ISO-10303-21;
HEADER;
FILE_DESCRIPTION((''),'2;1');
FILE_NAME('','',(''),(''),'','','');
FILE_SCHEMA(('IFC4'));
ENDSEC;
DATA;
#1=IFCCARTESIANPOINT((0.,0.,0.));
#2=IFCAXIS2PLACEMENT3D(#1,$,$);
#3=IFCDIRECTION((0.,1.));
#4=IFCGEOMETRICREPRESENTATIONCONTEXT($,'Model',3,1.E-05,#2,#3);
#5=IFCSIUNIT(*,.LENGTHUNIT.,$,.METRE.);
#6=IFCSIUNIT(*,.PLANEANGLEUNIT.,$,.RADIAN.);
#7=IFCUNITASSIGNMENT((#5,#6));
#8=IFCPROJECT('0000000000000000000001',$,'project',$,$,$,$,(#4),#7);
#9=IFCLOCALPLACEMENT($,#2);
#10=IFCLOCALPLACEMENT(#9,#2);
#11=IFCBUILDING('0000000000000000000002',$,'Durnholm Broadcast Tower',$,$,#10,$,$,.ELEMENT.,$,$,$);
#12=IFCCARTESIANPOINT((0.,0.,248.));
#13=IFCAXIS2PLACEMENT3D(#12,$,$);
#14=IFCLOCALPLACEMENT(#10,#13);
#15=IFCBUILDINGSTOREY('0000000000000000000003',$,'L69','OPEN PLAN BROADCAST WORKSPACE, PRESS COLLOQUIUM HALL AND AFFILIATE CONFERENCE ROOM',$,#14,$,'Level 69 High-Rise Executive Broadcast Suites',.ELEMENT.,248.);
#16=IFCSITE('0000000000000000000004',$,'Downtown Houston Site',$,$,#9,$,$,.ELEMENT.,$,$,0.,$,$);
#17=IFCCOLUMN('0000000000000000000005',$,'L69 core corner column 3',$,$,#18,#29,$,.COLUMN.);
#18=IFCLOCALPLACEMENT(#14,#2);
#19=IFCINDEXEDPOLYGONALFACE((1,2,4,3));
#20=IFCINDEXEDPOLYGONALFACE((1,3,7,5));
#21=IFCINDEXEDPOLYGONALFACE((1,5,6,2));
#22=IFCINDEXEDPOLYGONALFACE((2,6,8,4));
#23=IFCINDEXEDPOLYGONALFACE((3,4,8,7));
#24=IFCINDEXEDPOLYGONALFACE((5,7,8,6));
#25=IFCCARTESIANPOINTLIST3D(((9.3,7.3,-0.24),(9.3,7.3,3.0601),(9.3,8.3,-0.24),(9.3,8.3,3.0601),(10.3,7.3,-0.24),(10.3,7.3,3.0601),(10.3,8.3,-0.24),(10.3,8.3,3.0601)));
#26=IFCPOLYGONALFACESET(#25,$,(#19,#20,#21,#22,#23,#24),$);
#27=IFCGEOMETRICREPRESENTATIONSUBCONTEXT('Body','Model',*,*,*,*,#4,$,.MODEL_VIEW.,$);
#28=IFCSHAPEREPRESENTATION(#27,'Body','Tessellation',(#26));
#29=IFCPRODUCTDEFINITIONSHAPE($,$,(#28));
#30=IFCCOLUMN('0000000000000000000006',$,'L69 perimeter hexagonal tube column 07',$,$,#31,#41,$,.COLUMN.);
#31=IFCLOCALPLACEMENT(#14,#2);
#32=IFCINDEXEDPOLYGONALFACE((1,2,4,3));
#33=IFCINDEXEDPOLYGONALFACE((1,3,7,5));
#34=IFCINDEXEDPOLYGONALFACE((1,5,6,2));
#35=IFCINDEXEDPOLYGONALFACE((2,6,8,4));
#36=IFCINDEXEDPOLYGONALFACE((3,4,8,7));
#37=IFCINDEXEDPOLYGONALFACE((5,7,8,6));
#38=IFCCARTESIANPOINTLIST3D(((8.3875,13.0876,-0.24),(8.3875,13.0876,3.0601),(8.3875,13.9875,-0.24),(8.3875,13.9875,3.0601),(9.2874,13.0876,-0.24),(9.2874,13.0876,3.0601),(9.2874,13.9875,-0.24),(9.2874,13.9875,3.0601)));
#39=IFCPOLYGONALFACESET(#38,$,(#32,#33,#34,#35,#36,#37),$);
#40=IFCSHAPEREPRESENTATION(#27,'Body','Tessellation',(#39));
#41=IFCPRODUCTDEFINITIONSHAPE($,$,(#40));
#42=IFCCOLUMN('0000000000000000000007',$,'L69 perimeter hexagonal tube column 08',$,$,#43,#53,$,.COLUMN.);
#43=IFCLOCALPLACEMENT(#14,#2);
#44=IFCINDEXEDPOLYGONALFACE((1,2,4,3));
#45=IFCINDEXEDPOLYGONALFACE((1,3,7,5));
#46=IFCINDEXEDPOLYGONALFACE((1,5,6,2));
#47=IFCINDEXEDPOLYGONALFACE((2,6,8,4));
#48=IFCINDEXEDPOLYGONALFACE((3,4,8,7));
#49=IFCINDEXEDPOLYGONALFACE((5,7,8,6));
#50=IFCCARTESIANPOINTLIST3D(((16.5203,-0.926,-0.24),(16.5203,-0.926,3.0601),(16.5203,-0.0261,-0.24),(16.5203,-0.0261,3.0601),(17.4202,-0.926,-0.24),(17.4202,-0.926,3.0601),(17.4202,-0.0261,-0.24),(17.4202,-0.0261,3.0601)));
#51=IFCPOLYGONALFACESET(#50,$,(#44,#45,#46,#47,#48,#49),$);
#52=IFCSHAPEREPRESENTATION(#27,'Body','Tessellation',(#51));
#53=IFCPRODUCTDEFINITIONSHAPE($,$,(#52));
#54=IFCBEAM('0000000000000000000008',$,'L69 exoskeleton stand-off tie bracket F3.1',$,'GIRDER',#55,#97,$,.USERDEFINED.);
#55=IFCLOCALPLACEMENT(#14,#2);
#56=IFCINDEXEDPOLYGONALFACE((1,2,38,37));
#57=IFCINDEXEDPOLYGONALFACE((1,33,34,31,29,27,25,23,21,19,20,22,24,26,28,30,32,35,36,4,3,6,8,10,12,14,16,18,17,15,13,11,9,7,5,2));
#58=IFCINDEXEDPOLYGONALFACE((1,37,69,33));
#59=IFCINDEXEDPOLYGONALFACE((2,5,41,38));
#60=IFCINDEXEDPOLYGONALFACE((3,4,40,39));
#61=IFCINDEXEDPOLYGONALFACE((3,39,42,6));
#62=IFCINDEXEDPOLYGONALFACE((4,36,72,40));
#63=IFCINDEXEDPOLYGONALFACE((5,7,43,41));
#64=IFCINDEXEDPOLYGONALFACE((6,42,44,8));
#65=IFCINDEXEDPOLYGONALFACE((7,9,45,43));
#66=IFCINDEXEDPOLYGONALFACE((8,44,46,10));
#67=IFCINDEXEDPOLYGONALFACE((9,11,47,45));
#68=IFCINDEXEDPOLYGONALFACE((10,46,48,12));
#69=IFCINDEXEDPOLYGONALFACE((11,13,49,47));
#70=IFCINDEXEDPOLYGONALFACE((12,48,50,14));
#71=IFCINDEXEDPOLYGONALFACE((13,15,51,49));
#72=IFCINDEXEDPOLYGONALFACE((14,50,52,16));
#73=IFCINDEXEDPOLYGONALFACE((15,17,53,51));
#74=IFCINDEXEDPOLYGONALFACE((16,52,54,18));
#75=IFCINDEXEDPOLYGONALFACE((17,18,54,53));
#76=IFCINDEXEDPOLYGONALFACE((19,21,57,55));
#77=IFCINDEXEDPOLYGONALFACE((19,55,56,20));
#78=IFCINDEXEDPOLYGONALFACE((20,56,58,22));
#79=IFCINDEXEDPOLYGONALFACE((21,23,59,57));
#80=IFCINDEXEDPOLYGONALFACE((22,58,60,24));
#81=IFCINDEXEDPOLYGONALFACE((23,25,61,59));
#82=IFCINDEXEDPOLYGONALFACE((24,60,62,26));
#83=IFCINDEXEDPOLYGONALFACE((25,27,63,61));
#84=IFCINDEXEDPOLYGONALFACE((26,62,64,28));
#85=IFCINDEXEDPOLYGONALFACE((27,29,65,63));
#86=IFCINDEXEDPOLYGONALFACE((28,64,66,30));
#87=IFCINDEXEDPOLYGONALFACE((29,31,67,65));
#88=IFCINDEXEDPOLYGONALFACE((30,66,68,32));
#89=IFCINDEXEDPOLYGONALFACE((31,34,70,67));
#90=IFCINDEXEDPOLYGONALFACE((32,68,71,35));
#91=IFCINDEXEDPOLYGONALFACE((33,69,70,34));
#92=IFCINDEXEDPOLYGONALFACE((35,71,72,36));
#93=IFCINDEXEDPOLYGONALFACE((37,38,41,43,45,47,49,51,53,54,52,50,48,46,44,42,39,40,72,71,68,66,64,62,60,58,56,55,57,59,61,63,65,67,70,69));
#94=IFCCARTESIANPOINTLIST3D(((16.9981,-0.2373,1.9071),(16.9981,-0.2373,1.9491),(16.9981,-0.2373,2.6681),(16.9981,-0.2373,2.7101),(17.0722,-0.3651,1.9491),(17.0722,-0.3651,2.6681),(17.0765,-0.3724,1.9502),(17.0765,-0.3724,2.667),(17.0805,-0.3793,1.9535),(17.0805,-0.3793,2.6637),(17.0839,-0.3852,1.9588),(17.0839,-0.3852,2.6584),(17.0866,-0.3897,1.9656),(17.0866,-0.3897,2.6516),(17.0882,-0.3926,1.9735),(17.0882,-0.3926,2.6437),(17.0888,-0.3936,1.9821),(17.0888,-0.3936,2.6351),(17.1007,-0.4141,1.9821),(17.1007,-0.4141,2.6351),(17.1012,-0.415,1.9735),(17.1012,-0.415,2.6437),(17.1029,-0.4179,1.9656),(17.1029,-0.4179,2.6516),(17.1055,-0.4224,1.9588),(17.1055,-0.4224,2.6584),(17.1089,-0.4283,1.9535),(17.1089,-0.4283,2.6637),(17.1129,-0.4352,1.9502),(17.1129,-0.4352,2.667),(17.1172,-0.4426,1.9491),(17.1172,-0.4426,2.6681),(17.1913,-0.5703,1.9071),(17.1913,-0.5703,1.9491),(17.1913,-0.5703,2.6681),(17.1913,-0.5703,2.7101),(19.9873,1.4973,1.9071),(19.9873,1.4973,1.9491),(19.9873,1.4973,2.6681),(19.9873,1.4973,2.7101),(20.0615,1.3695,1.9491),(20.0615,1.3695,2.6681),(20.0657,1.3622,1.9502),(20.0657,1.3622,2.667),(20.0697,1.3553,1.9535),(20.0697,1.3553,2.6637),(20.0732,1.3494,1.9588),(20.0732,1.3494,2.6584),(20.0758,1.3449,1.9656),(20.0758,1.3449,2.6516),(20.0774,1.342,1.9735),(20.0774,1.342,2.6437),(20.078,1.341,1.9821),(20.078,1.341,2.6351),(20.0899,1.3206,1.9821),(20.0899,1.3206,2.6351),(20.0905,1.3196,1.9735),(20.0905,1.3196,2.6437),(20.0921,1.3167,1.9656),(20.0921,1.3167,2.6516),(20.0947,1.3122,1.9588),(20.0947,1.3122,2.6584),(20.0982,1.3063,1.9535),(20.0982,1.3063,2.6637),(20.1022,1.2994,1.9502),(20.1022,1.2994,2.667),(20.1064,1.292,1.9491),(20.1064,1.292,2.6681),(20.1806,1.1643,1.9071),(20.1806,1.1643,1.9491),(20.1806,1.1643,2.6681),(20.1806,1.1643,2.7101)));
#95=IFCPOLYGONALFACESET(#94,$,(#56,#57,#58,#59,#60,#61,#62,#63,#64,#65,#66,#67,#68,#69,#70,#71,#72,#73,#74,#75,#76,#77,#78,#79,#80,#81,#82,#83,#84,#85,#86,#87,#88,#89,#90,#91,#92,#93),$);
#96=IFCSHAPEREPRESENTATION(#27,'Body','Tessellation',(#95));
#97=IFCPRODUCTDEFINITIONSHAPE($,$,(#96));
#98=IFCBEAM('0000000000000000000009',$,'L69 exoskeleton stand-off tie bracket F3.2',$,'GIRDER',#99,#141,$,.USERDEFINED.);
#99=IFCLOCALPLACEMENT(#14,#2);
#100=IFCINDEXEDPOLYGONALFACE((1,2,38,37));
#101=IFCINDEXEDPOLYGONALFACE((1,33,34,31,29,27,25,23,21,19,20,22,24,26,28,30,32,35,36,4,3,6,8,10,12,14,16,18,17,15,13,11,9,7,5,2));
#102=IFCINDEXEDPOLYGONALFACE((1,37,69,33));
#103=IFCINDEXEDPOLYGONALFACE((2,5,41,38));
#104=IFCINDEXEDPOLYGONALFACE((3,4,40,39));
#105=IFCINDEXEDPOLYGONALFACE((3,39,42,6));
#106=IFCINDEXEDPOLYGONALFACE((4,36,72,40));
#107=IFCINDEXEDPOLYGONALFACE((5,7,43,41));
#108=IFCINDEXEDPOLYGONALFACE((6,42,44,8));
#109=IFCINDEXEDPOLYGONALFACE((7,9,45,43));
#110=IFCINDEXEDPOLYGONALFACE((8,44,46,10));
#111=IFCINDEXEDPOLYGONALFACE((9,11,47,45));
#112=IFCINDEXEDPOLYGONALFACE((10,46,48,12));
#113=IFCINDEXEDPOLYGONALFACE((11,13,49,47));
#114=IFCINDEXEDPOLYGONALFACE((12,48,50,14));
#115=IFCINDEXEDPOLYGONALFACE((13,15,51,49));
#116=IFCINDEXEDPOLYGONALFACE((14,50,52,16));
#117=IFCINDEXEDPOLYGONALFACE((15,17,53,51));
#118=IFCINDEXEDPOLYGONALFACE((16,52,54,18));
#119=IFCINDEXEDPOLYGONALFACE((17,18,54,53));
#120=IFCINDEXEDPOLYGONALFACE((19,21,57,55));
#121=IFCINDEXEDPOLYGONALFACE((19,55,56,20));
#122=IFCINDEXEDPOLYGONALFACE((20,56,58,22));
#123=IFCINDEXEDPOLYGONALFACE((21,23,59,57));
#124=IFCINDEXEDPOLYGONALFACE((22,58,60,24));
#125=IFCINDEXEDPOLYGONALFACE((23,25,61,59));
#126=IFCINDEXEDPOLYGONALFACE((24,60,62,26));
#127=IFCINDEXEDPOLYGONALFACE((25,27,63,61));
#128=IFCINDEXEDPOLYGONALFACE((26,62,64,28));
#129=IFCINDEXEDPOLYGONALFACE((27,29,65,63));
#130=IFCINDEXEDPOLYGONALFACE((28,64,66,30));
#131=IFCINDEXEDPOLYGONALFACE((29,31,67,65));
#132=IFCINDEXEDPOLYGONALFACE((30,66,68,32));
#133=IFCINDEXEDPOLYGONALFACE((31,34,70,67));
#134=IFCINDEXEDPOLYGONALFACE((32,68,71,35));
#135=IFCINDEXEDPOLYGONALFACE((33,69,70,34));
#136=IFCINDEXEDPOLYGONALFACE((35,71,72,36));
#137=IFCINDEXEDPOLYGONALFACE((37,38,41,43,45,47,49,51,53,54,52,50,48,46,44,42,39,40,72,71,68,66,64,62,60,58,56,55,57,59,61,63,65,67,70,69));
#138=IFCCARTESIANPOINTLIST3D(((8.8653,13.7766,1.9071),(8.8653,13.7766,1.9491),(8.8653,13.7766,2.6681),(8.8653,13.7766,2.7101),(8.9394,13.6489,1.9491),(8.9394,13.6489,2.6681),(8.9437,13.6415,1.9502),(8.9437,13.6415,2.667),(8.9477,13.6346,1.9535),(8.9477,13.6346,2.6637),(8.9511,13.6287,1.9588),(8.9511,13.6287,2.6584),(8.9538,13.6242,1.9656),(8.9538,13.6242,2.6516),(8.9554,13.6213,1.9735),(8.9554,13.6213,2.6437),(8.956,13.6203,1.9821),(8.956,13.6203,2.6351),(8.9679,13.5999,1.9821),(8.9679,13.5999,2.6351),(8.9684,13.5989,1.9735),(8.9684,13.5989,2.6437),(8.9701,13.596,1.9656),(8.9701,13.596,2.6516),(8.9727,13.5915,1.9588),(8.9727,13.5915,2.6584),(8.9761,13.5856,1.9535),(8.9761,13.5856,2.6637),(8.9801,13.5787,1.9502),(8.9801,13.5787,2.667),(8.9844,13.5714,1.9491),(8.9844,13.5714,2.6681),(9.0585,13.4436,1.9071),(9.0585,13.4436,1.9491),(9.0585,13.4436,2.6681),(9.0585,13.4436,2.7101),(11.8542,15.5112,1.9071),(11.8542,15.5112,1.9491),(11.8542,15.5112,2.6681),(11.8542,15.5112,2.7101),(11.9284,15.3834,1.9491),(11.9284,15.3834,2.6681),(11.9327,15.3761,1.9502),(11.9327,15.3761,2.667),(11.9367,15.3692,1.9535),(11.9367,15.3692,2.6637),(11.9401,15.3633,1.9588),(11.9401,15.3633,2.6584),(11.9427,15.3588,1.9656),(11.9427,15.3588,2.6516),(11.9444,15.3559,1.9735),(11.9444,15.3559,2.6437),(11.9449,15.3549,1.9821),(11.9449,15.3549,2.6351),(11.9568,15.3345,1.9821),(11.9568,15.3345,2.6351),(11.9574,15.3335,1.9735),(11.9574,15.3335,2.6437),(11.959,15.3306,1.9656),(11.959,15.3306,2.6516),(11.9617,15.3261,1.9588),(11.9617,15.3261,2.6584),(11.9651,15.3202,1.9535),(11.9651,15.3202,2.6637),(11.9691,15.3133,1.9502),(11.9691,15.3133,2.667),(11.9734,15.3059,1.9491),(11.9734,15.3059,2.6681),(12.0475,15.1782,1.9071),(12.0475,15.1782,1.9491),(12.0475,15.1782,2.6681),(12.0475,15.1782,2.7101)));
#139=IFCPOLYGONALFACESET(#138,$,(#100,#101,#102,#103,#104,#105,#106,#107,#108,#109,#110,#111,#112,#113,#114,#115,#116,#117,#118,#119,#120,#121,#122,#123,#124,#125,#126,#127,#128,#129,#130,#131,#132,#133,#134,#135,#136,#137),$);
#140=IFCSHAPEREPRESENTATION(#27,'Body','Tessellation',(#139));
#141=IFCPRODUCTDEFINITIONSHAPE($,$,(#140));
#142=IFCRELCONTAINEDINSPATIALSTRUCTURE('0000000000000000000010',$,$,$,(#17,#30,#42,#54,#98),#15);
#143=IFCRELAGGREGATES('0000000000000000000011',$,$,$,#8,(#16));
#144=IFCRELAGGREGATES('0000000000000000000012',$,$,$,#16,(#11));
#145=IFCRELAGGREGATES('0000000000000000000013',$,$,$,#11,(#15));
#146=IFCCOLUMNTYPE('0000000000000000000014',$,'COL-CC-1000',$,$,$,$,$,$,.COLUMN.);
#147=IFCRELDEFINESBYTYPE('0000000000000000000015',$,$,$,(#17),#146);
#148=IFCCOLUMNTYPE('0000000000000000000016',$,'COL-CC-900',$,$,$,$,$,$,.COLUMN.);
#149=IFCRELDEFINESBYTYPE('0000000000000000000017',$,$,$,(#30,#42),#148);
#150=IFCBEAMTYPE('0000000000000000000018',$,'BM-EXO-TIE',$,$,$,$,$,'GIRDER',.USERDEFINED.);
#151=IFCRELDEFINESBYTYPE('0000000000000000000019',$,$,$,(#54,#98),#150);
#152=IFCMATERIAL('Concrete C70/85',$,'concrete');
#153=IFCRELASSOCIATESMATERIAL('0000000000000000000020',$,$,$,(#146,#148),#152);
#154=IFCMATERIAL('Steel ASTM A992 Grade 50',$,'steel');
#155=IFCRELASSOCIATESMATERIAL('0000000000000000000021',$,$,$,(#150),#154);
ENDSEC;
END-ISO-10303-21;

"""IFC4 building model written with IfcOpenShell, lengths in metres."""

from ifc_helpers import new_model, si_unit, direction, frame, origin, origin_2d, place, context, subcontext, project, spatial, rectangle, i_section, extrude, source, transform, mapped, material, material_profile, profile_set, type_object, type_shapes, element, save


model = new_model("IFC4")

# Units and contexts
model_context = context("Model", 3, precision=1e-05, world=origin(), true_north=direction((0.0, 1.0)))
body_context = subcontext(model_context, "Body", "Model", "MODEL_VIEW")
ifc_project = project(units=[si_unit("LENGTHUNIT", "METRE"), si_unit("PLANEANGLEUNIT", "RADIAN")], contexts=[model_context])

# Site, building, storey
site_placement = place(None, origin())
site = spatial("IfcSite", under=ifc_project, at=site_placement, Name="Downtown Houston Site", CompositionType="ELEMENT", RefElevation=0.0)
building_placement = place(site_placement, origin())
building = spatial("IfcBuilding", under=site, at=building_placement, Name="Durnholm Broadcast Tower", CompositionType="ELEMENT")
storey_placement = place(building_placement, frame((0.0, 0.0, 248.0)))
storey = spatial("IfcBuildingStorey", under=building, at=storey_placement, Name="L69", Description="OPEN PLAN BROADCAST WORKSPACE, PRESS COLLOQUIUM HALL AND AFFILIATE CONFERENCE ROOM", LongName="Level 69 High-Rise Executive Broadcast Suites", CompositionType="ELEMENT", Elevation=248.0)

# Columns
ifc_material_1 = material(Name="Concrete C70/85", Category="concrete")
ifc_material_profile_1 = material_profile(ifc_material_1, rectangle(XDim=1.0, YDim=1.0, at=origin_2d()), Name="RC1000X1000")
ifc_profile_set_1 = profile_set([ifc_material_profile_1], Name="Concrete C70/85")
column_type_1 = type_object("IfcColumnType", Name="COL-CC-1000", PredefinedType="COLUMN", material=ifc_profile_set_1)
shared_shape_1 = source(origin(), body_context, "Body", "SweptSolid", [
    extrude(rectangle(XDim=1.0, YDim=1.0, at=origin_2d()), origin(), (0.0, 0.0, 1.0), 3.3),
])
type_shapes(column_type_1, [shared_shape_1])
column_placement = place(storey_placement, frame((9.8, 7.8, -0.24), z_axis=(0.0, 0.0, 1.0), x_axis=(1.0, 0.0, 0.0)))
element("IfcColumn", 1, at=column_placement, inside=storey, type_object=column_type_1, Name="L69 core corner column 3", PredefinedType="COLUMN", context=body_context, shape_type="MappedRepresentation", body=[
    mapped(shared_shape_1, transform((0.0, 0.0, 0.0), x_axis=(1.0, 0.0, 0.0), y_axis=(0.0, 1.0, 0.0), z_axis=(0.0, 0.0, 1.0), scale=1.0)),
])
ifc_material_profile_2 = material_profile(ifc_material_1, rectangle(XDim=0.8999, YDim=0.8999, at=origin_2d()), Name="RC900X900")
ifc_profile_set_2 = profile_set([ifc_material_profile_2], Name="Concrete C70/85")
column_type_2 = type_object("IfcColumnType", Name="COL-CC-900", PredefinedType="COLUMN", material=ifc_profile_set_2)
shared_shape_2 = source(origin(), body_context, "Body", "SweptSolid", [
    extrude(rectangle(XDim=0.8999, YDim=0.8999, at=origin_2d()), origin(), (0.0, 0.0, 1.0), 3.3),
])
type_shapes(column_type_2, [shared_shape_2])
for number, where, z_axis, x_axis, name in (
    (2, (8.8374, 13.5376, -0.24), (0.0, 0.0, 1.0), (1.0, 0.0, 0.0), "L69 perimeter hexagonal tube column 07"),
    (3, (16.9702, -0.4761, -0.24), (0.0, 0.0, 1.0), (1.0, 0.0, 0.0), "L69 perimeter hexagonal tube column 08"),
):
    element("IfcColumn", number, at=place(storey_placement, frame(where, z_axis=z_axis, x_axis=x_axis)), inside=storey, type_object=column_type_2, Name=name, PredefinedType="COLUMN", context=body_context, shape_type="MappedRepresentation", body=[
        mapped(shared_shape_2, transform((0.0, 0.0, 0.0), x_axis=(1.0, 0.0, 0.0), y_axis=(0.0, 1.0, 0.0), z_axis=(0.0, 0.0, 1.0), scale=1.0)),
    ])

# Beams
ifc_material_2 = material(Name="Steel ASTM A992 Grade 50", Category="steel")
ifc_material_profile_3 = material_profile(ifc_material_2, i_section(OverallWidth=0.385, OverallDepth=0.803, WebThickness=0.0237, FlangeThickness=0.042, FilletRadius=0.033, at=origin_2d()), Name="W30X261")
ifc_profile_set_3 = profile_set([ifc_material_profile_3], Name="Steel ASTM A992 Grade 50")
beam_type_1 = type_object("IfcBeamType", Name="BM-EXO-TIE", ElementType="GIRDER", PredefinedType="USERDEFINED", material=ifc_profile_set_3)
shared_shape_3 = source(origin(), body_context, "Body", "SweptSolid", [
    extrude(i_section(OverallWidth=0.385, OverallDepth=0.803, WebThickness=0.0237, FlangeThickness=0.042, FilletRadius=0.033, at=origin_2d()), origin(), (0.0, 0.0, 1.0), 3.4561),
])
beam_1_placement = place(storey_placement, frame((17.0947, -0.4038, 2.3086), z_axis=(0.864924, 0.501902, 0.0), x_axis=(-0.501902, 0.864924, 0.0)))
element("IfcBeam", 4, at=beam_1_placement, inside=storey, type_object=beam_type_1, Name="L69 exoskeleton stand-off tie bracket F3.1", ObjectType="GIRDER", PredefinedType="USERDEFINED", context=body_context, shape_type="MappedRepresentation", body=[
    mapped(shared_shape_3, transform((0.0, 0.0, 0.0), x_axis=(1.0, 0.0, 0.0), y_axis=(0.0, 1.0, 0.0), z_axis=(0.0, 0.0, 1.0), scale=1.0)),
])
shared_shape_4 = source(origin(), body_context, "Body", "SweptSolid", [
    extrude(i_section(OverallWidth=0.385, OverallDepth=0.803, WebThickness=0.0237, FlangeThickness=0.042, FilletRadius=0.033, at=origin_2d()), origin(), (0.0, 0.0, 1.0), 3.4558),
])
beam_2_placement = place(storey_placement, frame((8.9619, 13.6101, 2.3086), z_axis=(0.864907, 0.501933, 0.0), x_axis=(-0.501933, 0.864907, 0.0)))
element("IfcBeam", 5, at=beam_2_placement, inside=storey, type_object=beam_type_1, Name="L69 exoskeleton stand-off tie bracket F3.2", ObjectType="GIRDER", PredefinedType="USERDEFINED", context=body_context, shape_type="MappedRepresentation", body=[
    mapped(shared_shape_4, transform((0.0, 0.0, 0.0), x_axis=(1.0, 0.0, 0.0), y_axis=(0.0, 1.0, 0.0), z_axis=(0.0, 0.0, 1.0), scale=1.0)),
])

save(model, "model.ifc")
